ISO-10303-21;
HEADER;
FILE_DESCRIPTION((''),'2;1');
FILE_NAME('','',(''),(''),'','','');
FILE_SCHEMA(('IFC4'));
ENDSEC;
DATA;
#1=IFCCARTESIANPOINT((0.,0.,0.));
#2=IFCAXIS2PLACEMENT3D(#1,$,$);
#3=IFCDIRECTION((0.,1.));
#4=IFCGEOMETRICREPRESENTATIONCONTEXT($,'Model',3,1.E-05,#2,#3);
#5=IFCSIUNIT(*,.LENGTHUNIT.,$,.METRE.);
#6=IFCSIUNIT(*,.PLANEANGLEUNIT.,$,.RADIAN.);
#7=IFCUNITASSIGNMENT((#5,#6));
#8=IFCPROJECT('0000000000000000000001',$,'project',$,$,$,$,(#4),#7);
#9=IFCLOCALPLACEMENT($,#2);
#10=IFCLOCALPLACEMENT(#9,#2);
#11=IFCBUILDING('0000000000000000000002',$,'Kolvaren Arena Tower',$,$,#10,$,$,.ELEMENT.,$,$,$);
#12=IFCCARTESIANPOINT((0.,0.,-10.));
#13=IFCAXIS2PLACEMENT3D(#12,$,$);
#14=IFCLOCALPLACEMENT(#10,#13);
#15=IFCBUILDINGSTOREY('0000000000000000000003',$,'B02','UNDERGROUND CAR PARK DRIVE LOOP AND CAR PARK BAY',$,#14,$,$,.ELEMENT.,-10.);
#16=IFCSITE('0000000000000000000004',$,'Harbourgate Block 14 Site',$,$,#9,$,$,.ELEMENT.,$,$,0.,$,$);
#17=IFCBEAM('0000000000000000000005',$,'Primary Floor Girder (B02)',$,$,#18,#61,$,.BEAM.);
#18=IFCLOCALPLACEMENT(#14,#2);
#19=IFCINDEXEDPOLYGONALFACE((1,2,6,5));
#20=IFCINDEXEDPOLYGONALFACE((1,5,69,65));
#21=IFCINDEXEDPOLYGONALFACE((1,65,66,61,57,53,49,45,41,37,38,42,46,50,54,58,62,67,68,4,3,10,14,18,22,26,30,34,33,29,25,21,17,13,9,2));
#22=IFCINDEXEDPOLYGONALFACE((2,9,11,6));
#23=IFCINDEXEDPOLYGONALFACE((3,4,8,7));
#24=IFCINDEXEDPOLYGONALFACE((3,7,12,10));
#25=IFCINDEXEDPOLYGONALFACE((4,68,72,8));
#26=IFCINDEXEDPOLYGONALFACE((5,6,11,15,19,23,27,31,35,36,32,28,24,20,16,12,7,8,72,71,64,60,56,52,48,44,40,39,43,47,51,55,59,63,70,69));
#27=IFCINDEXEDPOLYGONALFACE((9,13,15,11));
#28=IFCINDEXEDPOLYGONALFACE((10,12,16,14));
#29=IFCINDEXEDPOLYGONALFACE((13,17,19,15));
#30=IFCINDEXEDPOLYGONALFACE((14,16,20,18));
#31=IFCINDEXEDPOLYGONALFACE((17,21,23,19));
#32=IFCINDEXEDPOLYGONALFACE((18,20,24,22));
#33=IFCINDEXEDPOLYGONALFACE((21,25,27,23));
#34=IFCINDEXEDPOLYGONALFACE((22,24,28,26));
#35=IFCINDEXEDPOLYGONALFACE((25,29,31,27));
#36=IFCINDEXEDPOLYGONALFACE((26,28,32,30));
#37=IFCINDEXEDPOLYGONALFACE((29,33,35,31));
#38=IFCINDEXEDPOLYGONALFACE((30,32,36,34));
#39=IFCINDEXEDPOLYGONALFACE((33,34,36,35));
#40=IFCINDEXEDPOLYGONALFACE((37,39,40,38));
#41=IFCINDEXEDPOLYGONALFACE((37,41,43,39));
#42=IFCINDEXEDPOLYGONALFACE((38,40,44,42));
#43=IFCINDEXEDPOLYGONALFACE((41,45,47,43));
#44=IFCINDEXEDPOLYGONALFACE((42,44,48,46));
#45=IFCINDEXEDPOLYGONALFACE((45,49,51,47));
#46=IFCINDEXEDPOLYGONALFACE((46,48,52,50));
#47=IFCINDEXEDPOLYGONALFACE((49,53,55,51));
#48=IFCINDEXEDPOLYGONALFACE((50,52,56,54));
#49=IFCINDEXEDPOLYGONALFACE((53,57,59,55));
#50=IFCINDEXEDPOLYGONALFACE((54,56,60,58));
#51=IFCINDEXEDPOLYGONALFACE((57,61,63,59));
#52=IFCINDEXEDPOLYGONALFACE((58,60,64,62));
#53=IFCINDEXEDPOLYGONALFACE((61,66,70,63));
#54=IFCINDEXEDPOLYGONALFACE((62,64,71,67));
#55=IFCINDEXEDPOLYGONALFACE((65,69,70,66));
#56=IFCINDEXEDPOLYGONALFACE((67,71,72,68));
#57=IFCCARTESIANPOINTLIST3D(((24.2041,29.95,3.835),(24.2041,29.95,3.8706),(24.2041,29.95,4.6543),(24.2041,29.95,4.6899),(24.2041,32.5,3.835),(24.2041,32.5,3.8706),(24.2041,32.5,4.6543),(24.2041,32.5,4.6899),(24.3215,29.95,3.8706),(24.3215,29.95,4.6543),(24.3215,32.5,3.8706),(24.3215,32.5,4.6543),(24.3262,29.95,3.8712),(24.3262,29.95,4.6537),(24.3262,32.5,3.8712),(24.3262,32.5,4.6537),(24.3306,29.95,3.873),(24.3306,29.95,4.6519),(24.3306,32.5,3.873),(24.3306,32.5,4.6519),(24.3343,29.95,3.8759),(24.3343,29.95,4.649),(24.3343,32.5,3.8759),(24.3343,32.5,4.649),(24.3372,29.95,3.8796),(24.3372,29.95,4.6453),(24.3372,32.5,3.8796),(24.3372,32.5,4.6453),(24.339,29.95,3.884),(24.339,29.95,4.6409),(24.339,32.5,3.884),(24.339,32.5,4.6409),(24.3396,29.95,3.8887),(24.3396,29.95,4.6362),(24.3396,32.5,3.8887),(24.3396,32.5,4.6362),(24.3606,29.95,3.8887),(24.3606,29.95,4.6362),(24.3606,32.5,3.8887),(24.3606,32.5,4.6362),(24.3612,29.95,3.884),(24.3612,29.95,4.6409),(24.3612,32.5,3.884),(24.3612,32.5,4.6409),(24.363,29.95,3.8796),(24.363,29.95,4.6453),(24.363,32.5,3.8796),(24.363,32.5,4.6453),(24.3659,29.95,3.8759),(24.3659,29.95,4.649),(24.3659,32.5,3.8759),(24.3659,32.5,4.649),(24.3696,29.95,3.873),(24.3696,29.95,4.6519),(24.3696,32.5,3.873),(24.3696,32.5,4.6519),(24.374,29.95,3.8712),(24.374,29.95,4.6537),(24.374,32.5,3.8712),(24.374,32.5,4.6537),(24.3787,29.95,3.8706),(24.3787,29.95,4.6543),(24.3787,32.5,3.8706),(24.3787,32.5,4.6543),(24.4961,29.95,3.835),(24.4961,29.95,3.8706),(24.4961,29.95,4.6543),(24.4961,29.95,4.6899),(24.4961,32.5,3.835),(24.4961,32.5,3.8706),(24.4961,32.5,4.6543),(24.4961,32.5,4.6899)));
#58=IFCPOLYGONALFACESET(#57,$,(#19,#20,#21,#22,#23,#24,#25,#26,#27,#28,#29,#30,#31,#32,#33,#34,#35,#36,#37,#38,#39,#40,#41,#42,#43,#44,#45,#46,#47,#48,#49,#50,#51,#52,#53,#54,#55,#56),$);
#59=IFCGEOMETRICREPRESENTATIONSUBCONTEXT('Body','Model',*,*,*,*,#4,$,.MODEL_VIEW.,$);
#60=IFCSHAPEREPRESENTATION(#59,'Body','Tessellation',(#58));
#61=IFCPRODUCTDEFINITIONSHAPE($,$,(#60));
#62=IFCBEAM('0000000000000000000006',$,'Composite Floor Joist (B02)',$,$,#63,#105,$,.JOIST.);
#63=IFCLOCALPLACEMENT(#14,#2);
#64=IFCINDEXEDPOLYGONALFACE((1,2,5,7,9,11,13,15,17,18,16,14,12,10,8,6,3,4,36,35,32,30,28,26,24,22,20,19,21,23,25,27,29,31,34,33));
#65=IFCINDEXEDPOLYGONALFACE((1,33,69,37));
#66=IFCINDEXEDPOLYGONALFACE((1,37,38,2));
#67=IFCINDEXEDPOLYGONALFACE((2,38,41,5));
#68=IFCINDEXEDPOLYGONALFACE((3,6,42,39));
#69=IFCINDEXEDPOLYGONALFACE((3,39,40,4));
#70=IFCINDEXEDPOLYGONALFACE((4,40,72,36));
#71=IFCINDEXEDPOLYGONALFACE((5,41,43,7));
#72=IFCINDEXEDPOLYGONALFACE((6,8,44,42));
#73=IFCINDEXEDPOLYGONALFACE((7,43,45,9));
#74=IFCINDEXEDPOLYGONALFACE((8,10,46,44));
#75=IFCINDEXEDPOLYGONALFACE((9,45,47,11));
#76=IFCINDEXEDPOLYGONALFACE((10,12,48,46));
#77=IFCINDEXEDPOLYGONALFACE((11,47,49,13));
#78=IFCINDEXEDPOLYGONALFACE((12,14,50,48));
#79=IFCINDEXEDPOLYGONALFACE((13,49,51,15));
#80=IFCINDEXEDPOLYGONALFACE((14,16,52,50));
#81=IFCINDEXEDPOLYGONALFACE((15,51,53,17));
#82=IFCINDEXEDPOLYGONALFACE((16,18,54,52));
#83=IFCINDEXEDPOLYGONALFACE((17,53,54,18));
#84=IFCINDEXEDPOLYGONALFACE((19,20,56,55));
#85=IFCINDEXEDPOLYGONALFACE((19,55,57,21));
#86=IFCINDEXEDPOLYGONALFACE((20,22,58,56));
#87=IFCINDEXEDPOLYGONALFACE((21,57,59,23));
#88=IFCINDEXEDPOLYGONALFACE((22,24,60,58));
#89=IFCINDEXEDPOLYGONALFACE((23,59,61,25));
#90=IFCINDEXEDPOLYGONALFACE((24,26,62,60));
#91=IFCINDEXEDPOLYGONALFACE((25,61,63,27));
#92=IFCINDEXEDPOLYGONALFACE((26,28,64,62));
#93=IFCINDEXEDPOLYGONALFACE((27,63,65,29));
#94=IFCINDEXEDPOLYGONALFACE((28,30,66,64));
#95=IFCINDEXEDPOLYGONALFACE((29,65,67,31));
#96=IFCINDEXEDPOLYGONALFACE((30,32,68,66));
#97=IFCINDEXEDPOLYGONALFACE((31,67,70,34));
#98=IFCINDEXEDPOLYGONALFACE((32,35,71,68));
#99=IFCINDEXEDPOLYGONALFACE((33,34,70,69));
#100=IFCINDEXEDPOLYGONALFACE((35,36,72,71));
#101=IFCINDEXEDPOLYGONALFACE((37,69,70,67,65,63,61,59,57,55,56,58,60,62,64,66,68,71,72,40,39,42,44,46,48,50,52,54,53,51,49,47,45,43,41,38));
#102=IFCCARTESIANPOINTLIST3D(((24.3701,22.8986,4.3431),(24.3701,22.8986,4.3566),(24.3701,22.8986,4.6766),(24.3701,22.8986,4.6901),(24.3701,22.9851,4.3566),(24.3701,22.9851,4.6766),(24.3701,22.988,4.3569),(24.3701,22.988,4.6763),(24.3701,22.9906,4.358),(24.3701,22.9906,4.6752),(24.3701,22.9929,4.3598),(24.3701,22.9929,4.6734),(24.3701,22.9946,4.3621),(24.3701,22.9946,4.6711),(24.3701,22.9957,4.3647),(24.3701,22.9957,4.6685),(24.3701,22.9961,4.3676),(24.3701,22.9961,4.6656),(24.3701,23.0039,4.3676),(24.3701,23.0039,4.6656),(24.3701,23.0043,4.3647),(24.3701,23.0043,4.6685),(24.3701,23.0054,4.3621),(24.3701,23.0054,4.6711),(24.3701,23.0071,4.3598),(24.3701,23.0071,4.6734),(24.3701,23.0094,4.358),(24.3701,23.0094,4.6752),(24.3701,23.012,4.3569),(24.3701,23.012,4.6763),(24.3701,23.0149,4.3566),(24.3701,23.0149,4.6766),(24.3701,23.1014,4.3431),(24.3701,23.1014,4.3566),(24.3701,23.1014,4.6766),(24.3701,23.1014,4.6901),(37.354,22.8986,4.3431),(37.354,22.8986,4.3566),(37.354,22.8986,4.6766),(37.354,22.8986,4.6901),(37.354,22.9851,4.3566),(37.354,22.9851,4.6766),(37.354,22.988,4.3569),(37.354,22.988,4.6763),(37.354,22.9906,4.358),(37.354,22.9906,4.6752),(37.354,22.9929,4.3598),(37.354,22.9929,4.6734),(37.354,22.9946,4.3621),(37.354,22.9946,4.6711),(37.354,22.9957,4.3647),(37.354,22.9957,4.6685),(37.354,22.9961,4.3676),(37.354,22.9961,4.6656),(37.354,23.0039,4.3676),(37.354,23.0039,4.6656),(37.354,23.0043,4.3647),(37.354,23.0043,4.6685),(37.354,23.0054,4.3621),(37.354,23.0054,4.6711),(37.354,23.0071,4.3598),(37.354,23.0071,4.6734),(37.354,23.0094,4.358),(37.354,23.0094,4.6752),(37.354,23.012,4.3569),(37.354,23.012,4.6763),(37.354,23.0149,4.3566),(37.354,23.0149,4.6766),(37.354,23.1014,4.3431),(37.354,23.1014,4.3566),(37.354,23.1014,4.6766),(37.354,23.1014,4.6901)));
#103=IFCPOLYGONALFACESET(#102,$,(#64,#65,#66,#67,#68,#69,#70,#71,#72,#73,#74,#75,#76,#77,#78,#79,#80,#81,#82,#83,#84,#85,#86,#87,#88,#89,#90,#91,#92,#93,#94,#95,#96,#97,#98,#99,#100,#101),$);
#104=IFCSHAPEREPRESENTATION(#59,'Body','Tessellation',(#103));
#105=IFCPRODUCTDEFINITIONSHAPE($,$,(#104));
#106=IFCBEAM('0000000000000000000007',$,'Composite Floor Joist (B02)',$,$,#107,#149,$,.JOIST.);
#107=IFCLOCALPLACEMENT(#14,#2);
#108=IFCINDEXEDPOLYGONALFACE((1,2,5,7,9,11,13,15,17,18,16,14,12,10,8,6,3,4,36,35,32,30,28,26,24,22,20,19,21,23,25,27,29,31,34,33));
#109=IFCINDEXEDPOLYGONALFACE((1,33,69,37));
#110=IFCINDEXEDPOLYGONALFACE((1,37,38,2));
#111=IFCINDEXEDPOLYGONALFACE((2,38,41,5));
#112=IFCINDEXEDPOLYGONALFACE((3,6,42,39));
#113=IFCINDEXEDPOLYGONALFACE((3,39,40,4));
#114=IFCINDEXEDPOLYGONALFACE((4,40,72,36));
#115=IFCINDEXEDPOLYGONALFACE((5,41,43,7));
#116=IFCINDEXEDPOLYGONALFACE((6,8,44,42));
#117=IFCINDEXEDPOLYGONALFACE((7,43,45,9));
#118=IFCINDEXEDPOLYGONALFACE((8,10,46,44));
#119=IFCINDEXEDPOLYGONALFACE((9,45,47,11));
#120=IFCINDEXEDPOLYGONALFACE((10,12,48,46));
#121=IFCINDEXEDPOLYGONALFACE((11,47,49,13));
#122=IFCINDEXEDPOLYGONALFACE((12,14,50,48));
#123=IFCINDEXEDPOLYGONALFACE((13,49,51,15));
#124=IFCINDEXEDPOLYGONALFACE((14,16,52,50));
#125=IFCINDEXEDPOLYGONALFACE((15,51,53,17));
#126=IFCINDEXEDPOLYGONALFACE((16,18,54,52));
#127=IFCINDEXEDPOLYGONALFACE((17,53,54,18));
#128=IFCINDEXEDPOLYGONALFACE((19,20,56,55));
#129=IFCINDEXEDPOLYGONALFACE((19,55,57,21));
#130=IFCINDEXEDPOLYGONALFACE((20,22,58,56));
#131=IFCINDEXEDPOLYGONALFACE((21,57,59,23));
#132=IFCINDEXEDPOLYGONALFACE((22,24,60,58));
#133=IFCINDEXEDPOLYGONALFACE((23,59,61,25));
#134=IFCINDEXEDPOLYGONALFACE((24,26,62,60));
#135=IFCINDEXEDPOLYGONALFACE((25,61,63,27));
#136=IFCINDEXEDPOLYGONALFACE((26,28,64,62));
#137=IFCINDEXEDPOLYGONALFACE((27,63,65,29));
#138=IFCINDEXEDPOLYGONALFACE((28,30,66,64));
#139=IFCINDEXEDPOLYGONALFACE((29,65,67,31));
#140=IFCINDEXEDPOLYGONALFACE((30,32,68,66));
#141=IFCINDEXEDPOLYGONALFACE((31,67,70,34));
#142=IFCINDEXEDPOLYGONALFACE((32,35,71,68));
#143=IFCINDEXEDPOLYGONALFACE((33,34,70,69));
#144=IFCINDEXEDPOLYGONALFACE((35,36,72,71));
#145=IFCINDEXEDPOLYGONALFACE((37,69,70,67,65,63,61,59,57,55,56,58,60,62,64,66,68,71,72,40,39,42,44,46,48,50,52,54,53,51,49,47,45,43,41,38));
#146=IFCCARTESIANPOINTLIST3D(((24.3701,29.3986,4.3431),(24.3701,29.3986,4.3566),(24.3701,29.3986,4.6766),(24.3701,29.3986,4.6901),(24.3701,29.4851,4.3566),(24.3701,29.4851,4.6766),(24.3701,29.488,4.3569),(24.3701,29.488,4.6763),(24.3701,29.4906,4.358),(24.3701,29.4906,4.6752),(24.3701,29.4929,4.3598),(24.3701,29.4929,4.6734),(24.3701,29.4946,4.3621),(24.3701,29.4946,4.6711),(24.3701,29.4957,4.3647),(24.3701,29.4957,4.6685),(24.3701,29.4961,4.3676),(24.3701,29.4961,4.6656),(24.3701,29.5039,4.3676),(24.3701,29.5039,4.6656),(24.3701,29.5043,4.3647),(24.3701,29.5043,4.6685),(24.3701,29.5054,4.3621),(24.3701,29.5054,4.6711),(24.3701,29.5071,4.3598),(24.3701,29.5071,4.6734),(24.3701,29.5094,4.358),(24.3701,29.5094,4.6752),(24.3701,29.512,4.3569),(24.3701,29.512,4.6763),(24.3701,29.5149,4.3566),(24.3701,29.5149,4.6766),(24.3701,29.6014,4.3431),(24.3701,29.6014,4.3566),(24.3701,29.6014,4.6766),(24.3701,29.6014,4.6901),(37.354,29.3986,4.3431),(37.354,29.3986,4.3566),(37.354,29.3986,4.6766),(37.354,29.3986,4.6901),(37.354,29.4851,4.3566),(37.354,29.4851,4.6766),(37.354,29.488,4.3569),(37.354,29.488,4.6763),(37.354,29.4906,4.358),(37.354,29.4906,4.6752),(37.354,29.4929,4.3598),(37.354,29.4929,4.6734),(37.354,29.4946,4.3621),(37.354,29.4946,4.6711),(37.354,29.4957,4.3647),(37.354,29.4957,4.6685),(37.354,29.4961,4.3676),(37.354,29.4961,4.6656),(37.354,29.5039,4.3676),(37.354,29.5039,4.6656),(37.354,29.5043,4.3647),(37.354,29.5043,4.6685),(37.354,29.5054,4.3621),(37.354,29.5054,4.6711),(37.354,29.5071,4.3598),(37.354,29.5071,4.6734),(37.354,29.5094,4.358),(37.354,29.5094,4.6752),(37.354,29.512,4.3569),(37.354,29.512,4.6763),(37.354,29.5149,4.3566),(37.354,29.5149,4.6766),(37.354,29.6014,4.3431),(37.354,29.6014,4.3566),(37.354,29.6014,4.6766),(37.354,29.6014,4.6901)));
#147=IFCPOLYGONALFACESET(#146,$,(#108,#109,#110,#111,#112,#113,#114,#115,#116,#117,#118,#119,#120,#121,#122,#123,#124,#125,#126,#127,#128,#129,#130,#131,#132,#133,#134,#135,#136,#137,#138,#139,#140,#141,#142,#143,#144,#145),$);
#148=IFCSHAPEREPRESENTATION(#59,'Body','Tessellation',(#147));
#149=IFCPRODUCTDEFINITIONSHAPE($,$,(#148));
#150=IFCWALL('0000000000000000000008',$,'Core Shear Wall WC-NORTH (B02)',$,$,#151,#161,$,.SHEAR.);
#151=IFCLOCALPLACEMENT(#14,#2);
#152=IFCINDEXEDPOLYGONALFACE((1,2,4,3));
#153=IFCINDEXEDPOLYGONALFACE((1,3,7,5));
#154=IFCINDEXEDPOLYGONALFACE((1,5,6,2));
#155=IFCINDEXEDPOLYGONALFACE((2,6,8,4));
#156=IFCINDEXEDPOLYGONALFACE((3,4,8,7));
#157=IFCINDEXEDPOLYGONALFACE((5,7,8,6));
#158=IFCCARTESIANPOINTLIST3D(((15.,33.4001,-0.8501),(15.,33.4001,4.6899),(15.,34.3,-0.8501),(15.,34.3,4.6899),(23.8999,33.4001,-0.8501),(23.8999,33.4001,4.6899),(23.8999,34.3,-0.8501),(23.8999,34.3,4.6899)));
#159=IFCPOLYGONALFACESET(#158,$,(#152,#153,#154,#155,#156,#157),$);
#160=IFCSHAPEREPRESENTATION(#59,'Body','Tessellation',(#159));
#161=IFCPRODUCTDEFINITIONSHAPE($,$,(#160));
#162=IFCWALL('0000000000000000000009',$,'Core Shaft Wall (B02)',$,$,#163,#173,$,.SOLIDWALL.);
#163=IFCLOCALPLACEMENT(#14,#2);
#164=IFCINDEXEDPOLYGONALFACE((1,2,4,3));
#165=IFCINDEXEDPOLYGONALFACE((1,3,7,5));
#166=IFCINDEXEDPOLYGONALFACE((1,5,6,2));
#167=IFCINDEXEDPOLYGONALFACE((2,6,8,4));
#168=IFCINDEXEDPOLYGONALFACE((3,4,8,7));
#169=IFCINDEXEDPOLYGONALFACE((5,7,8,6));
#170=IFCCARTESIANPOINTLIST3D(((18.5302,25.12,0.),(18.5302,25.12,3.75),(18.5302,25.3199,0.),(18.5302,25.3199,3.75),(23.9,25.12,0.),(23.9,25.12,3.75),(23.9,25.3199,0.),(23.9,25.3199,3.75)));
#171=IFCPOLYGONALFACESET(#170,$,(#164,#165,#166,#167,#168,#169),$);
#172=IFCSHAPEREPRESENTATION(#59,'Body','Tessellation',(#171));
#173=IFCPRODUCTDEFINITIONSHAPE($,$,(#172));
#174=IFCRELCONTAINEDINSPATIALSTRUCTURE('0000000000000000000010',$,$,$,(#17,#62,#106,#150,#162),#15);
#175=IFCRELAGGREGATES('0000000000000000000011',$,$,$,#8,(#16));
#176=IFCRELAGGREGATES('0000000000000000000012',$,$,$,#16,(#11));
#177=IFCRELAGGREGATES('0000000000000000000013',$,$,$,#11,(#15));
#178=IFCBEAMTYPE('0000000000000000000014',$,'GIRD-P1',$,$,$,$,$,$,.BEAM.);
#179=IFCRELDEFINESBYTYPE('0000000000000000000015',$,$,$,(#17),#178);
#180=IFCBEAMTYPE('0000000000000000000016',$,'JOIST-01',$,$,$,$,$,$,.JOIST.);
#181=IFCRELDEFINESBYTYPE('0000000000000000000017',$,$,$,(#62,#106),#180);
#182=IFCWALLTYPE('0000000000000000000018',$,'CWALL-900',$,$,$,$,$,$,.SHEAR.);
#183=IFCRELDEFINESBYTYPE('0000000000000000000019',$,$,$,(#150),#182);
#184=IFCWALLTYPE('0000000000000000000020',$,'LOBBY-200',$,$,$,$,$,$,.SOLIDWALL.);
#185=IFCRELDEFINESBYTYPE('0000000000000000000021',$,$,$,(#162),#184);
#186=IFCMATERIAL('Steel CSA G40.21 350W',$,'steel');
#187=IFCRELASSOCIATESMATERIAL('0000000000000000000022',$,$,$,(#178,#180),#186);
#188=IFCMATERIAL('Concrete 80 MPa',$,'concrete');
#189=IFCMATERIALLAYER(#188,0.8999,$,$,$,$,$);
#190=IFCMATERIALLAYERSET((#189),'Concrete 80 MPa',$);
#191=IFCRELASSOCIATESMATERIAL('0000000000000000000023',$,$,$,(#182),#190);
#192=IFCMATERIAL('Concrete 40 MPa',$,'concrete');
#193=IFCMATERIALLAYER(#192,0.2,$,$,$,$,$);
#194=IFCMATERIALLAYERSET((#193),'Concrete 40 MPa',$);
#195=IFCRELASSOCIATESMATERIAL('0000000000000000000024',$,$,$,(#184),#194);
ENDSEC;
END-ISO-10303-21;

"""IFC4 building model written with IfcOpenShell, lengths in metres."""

from ifc_helpers import new_model, si_unit, direction, frame, frame_2d, origin, origin_2d, place, context, subcontext, project, spatial, rectangle, i_section, extrude, material, layer, layer_set, material_profile, profile_set, type_object, element, save


model = new_model("IFC4")

# Units and contexts
model_context = context("Model", 3, precision=1e-05, world=origin(), true_north=direction((0.0, 1.0)))
body_context = subcontext(model_context, "Body", "Model", "MODEL_VIEW")
ifc_project = project(units=[si_unit("LENGTHUNIT", "METRE"), si_unit("PLANEANGLEUNIT", "RADIAN")], contexts=[model_context])

# Site, building, storey
site_placement = place(None, origin())
site = spatial("IfcSite", under=ifc_project, at=site_placement, Name="Harbourgate Block 14 Site", CompositionType="ELEMENT", RefElevation=0.0)
building_placement = place(site_placement, origin())
building = spatial("IfcBuilding", under=site, at=building_placement, Name="Kolvaren Arena Tower", CompositionType="ELEMENT")
storey_placement = place(building_placement, frame((0.0, 0.0, -10.0)))
storey = spatial("IfcBuildingStorey", under=building, at=storey_placement, Name="B02", Description="UNDERGROUND CAR PARK DRIVE LOOP AND CAR PARK BAY", CompositionType="ELEMENT", Elevation=-10.0)

# Beams
ifc_material_1 = material(Name="Steel CSA G40.21 350W", Category="steel")
ifc_material_profile_1 = material_profile(ifc_material_1, i_section(OverallWidth=0.292, OverallDepth=0.855, WebThickness=0.021, FlangeThickness=0.0356, FilletRadius=0.0181, at=origin_2d()), Name="W840x299")
ifc_profile_set_1 = profile_set([ifc_material_profile_1], Name="Steel CSA G40.21 350W")
beam_type_1 = type_object("IfcBeamType", Name="GIRD-P1", PredefinedType="BEAM", material=ifc_profile_set_1)
beam_placement = place(storey_placement, frame((24.3501, 29.95, 4.2625), z_axis=(0.0, 1.0, 0.0), x_axis=(-1.0, 0.0, 0.0)))
element("IfcBeam", 1, at=beam_placement, inside=storey, type_object=beam_type_1, Name="Primary Floor Girder (B02)", PredefinedType="BEAM", context=body_context, shape_type="SweptSolid", body=[
    extrude(i_section(OverallWidth=0.292, OverallDepth=0.855, WebThickness=0.021, FlangeThickness=0.0356, FilletRadius=0.0181, at=origin_2d()), origin(), (0.0, 0.0, 1.0), 2.55),
])
ifc_material_profile_2 = material_profile(ifc_material_1, i_section(OverallWidth=0.2029, OverallDepth=0.3469, WebThickness=0.0078, FlangeThickness=0.0134, FilletRadius=0.011, at=origin_2d()), Name="W360x64")
ifc_profile_set_2 = profile_set([ifc_material_profile_2], Name="Steel CSA G40.21 350W")
beam_type_2 = type_object("IfcBeamType", Name="JOIST-01", PredefinedType="JOIST", material=ifc_profile_set_2)
for number, where, z_axis, x_axis, name in (
    (2, (24.3701, 23.0, 4.5166), (1.0, 0.0, 0.0), (0.0, 1.0, 0.0), "Composite Floor Joist (B02)"),
    (3, (24.3701, 29.5, 4.5166), (1.0, 0.0, 0.0), (0.0, 1.0, 0.0), "Composite Floor Joist (B02)"),
):
    element("IfcBeam", number, at=place(storey_placement, frame(where, z_axis=z_axis, x_axis=x_axis)), inside=storey, type_object=beam_type_2, Name=name, PredefinedType="JOIST", context=body_context, shape_type="SweptSolid", body=[
        extrude(i_section(OverallWidth=0.2029, OverallDepth=0.3469, WebThickness=0.0078, FlangeThickness=0.0134, FilletRadius=0.011, at=origin_2d()), origin(), (0.0, 0.0, 1.0), 12.9839),
    ])

# Walls
ifc_material_2 = material(Name="Concrete 80 MPa", Category="concrete")
ifc_layer_1 = layer(ifc_material_2, 0.8999)
ifc_layer_set_1 = layer_set([ifc_layer_1], Name="Concrete 80 MPa")
wall_type_1 = type_object("IfcWallType", Name="CWALL-900", PredefinedType="SHEAR", material=ifc_layer_set_1)
wall_1_placement = place(storey_placement, frame((15.0, 33.8501, -0.8501), z_axis=(0.0, 0.0, 1.0), x_axis=(1.0, 0.0, 0.0)))
element("IfcWall", 4, at=wall_1_placement, inside=storey, type_object=wall_type_1, Name="Core Shear Wall WC-NORTH (B02)", PredefinedType="SHEAR", context=body_context, shape_type="SweptSolid", body=[
    extrude(rectangle(XDim=8.8999, YDim=0.8999, at=frame_2d((4.45, 0.0))), origin(), (0.0, 0.0, 1.0), 5.54),
])
ifc_material_3 = material(Name="Concrete 40 MPa", Category="concrete")
ifc_layer_2 = layer(ifc_material_3, 0.2)
ifc_layer_set_2 = layer_set([ifc_layer_2], Name="Concrete 40 MPa")
wall_type_2 = type_object("IfcWallType", Name="LOBBY-200", PredefinedType="SOLIDWALL", material=ifc_layer_set_2)
wall_2_placement = place(storey_placement, frame((18.53, 25.22, 0.0), z_axis=(0.0, 0.0, 1.0), x_axis=(1.0, 0.0, 0.0)))
element("IfcWall", 5, at=wall_2_placement, inside=storey, type_object=wall_type_2, Name="Core Shaft Wall (B02)", PredefinedType="SOLIDWALL", context=body_context, shape_type="SweptSolid", body=[
    extrude(rectangle(XDim=5.3699, YDim=0.2, at=frame_2d((2.6851, 0.0))), origin(), (0.0, 0.0, 1.0), 3.75),
])

save(model, "model.ifc")
